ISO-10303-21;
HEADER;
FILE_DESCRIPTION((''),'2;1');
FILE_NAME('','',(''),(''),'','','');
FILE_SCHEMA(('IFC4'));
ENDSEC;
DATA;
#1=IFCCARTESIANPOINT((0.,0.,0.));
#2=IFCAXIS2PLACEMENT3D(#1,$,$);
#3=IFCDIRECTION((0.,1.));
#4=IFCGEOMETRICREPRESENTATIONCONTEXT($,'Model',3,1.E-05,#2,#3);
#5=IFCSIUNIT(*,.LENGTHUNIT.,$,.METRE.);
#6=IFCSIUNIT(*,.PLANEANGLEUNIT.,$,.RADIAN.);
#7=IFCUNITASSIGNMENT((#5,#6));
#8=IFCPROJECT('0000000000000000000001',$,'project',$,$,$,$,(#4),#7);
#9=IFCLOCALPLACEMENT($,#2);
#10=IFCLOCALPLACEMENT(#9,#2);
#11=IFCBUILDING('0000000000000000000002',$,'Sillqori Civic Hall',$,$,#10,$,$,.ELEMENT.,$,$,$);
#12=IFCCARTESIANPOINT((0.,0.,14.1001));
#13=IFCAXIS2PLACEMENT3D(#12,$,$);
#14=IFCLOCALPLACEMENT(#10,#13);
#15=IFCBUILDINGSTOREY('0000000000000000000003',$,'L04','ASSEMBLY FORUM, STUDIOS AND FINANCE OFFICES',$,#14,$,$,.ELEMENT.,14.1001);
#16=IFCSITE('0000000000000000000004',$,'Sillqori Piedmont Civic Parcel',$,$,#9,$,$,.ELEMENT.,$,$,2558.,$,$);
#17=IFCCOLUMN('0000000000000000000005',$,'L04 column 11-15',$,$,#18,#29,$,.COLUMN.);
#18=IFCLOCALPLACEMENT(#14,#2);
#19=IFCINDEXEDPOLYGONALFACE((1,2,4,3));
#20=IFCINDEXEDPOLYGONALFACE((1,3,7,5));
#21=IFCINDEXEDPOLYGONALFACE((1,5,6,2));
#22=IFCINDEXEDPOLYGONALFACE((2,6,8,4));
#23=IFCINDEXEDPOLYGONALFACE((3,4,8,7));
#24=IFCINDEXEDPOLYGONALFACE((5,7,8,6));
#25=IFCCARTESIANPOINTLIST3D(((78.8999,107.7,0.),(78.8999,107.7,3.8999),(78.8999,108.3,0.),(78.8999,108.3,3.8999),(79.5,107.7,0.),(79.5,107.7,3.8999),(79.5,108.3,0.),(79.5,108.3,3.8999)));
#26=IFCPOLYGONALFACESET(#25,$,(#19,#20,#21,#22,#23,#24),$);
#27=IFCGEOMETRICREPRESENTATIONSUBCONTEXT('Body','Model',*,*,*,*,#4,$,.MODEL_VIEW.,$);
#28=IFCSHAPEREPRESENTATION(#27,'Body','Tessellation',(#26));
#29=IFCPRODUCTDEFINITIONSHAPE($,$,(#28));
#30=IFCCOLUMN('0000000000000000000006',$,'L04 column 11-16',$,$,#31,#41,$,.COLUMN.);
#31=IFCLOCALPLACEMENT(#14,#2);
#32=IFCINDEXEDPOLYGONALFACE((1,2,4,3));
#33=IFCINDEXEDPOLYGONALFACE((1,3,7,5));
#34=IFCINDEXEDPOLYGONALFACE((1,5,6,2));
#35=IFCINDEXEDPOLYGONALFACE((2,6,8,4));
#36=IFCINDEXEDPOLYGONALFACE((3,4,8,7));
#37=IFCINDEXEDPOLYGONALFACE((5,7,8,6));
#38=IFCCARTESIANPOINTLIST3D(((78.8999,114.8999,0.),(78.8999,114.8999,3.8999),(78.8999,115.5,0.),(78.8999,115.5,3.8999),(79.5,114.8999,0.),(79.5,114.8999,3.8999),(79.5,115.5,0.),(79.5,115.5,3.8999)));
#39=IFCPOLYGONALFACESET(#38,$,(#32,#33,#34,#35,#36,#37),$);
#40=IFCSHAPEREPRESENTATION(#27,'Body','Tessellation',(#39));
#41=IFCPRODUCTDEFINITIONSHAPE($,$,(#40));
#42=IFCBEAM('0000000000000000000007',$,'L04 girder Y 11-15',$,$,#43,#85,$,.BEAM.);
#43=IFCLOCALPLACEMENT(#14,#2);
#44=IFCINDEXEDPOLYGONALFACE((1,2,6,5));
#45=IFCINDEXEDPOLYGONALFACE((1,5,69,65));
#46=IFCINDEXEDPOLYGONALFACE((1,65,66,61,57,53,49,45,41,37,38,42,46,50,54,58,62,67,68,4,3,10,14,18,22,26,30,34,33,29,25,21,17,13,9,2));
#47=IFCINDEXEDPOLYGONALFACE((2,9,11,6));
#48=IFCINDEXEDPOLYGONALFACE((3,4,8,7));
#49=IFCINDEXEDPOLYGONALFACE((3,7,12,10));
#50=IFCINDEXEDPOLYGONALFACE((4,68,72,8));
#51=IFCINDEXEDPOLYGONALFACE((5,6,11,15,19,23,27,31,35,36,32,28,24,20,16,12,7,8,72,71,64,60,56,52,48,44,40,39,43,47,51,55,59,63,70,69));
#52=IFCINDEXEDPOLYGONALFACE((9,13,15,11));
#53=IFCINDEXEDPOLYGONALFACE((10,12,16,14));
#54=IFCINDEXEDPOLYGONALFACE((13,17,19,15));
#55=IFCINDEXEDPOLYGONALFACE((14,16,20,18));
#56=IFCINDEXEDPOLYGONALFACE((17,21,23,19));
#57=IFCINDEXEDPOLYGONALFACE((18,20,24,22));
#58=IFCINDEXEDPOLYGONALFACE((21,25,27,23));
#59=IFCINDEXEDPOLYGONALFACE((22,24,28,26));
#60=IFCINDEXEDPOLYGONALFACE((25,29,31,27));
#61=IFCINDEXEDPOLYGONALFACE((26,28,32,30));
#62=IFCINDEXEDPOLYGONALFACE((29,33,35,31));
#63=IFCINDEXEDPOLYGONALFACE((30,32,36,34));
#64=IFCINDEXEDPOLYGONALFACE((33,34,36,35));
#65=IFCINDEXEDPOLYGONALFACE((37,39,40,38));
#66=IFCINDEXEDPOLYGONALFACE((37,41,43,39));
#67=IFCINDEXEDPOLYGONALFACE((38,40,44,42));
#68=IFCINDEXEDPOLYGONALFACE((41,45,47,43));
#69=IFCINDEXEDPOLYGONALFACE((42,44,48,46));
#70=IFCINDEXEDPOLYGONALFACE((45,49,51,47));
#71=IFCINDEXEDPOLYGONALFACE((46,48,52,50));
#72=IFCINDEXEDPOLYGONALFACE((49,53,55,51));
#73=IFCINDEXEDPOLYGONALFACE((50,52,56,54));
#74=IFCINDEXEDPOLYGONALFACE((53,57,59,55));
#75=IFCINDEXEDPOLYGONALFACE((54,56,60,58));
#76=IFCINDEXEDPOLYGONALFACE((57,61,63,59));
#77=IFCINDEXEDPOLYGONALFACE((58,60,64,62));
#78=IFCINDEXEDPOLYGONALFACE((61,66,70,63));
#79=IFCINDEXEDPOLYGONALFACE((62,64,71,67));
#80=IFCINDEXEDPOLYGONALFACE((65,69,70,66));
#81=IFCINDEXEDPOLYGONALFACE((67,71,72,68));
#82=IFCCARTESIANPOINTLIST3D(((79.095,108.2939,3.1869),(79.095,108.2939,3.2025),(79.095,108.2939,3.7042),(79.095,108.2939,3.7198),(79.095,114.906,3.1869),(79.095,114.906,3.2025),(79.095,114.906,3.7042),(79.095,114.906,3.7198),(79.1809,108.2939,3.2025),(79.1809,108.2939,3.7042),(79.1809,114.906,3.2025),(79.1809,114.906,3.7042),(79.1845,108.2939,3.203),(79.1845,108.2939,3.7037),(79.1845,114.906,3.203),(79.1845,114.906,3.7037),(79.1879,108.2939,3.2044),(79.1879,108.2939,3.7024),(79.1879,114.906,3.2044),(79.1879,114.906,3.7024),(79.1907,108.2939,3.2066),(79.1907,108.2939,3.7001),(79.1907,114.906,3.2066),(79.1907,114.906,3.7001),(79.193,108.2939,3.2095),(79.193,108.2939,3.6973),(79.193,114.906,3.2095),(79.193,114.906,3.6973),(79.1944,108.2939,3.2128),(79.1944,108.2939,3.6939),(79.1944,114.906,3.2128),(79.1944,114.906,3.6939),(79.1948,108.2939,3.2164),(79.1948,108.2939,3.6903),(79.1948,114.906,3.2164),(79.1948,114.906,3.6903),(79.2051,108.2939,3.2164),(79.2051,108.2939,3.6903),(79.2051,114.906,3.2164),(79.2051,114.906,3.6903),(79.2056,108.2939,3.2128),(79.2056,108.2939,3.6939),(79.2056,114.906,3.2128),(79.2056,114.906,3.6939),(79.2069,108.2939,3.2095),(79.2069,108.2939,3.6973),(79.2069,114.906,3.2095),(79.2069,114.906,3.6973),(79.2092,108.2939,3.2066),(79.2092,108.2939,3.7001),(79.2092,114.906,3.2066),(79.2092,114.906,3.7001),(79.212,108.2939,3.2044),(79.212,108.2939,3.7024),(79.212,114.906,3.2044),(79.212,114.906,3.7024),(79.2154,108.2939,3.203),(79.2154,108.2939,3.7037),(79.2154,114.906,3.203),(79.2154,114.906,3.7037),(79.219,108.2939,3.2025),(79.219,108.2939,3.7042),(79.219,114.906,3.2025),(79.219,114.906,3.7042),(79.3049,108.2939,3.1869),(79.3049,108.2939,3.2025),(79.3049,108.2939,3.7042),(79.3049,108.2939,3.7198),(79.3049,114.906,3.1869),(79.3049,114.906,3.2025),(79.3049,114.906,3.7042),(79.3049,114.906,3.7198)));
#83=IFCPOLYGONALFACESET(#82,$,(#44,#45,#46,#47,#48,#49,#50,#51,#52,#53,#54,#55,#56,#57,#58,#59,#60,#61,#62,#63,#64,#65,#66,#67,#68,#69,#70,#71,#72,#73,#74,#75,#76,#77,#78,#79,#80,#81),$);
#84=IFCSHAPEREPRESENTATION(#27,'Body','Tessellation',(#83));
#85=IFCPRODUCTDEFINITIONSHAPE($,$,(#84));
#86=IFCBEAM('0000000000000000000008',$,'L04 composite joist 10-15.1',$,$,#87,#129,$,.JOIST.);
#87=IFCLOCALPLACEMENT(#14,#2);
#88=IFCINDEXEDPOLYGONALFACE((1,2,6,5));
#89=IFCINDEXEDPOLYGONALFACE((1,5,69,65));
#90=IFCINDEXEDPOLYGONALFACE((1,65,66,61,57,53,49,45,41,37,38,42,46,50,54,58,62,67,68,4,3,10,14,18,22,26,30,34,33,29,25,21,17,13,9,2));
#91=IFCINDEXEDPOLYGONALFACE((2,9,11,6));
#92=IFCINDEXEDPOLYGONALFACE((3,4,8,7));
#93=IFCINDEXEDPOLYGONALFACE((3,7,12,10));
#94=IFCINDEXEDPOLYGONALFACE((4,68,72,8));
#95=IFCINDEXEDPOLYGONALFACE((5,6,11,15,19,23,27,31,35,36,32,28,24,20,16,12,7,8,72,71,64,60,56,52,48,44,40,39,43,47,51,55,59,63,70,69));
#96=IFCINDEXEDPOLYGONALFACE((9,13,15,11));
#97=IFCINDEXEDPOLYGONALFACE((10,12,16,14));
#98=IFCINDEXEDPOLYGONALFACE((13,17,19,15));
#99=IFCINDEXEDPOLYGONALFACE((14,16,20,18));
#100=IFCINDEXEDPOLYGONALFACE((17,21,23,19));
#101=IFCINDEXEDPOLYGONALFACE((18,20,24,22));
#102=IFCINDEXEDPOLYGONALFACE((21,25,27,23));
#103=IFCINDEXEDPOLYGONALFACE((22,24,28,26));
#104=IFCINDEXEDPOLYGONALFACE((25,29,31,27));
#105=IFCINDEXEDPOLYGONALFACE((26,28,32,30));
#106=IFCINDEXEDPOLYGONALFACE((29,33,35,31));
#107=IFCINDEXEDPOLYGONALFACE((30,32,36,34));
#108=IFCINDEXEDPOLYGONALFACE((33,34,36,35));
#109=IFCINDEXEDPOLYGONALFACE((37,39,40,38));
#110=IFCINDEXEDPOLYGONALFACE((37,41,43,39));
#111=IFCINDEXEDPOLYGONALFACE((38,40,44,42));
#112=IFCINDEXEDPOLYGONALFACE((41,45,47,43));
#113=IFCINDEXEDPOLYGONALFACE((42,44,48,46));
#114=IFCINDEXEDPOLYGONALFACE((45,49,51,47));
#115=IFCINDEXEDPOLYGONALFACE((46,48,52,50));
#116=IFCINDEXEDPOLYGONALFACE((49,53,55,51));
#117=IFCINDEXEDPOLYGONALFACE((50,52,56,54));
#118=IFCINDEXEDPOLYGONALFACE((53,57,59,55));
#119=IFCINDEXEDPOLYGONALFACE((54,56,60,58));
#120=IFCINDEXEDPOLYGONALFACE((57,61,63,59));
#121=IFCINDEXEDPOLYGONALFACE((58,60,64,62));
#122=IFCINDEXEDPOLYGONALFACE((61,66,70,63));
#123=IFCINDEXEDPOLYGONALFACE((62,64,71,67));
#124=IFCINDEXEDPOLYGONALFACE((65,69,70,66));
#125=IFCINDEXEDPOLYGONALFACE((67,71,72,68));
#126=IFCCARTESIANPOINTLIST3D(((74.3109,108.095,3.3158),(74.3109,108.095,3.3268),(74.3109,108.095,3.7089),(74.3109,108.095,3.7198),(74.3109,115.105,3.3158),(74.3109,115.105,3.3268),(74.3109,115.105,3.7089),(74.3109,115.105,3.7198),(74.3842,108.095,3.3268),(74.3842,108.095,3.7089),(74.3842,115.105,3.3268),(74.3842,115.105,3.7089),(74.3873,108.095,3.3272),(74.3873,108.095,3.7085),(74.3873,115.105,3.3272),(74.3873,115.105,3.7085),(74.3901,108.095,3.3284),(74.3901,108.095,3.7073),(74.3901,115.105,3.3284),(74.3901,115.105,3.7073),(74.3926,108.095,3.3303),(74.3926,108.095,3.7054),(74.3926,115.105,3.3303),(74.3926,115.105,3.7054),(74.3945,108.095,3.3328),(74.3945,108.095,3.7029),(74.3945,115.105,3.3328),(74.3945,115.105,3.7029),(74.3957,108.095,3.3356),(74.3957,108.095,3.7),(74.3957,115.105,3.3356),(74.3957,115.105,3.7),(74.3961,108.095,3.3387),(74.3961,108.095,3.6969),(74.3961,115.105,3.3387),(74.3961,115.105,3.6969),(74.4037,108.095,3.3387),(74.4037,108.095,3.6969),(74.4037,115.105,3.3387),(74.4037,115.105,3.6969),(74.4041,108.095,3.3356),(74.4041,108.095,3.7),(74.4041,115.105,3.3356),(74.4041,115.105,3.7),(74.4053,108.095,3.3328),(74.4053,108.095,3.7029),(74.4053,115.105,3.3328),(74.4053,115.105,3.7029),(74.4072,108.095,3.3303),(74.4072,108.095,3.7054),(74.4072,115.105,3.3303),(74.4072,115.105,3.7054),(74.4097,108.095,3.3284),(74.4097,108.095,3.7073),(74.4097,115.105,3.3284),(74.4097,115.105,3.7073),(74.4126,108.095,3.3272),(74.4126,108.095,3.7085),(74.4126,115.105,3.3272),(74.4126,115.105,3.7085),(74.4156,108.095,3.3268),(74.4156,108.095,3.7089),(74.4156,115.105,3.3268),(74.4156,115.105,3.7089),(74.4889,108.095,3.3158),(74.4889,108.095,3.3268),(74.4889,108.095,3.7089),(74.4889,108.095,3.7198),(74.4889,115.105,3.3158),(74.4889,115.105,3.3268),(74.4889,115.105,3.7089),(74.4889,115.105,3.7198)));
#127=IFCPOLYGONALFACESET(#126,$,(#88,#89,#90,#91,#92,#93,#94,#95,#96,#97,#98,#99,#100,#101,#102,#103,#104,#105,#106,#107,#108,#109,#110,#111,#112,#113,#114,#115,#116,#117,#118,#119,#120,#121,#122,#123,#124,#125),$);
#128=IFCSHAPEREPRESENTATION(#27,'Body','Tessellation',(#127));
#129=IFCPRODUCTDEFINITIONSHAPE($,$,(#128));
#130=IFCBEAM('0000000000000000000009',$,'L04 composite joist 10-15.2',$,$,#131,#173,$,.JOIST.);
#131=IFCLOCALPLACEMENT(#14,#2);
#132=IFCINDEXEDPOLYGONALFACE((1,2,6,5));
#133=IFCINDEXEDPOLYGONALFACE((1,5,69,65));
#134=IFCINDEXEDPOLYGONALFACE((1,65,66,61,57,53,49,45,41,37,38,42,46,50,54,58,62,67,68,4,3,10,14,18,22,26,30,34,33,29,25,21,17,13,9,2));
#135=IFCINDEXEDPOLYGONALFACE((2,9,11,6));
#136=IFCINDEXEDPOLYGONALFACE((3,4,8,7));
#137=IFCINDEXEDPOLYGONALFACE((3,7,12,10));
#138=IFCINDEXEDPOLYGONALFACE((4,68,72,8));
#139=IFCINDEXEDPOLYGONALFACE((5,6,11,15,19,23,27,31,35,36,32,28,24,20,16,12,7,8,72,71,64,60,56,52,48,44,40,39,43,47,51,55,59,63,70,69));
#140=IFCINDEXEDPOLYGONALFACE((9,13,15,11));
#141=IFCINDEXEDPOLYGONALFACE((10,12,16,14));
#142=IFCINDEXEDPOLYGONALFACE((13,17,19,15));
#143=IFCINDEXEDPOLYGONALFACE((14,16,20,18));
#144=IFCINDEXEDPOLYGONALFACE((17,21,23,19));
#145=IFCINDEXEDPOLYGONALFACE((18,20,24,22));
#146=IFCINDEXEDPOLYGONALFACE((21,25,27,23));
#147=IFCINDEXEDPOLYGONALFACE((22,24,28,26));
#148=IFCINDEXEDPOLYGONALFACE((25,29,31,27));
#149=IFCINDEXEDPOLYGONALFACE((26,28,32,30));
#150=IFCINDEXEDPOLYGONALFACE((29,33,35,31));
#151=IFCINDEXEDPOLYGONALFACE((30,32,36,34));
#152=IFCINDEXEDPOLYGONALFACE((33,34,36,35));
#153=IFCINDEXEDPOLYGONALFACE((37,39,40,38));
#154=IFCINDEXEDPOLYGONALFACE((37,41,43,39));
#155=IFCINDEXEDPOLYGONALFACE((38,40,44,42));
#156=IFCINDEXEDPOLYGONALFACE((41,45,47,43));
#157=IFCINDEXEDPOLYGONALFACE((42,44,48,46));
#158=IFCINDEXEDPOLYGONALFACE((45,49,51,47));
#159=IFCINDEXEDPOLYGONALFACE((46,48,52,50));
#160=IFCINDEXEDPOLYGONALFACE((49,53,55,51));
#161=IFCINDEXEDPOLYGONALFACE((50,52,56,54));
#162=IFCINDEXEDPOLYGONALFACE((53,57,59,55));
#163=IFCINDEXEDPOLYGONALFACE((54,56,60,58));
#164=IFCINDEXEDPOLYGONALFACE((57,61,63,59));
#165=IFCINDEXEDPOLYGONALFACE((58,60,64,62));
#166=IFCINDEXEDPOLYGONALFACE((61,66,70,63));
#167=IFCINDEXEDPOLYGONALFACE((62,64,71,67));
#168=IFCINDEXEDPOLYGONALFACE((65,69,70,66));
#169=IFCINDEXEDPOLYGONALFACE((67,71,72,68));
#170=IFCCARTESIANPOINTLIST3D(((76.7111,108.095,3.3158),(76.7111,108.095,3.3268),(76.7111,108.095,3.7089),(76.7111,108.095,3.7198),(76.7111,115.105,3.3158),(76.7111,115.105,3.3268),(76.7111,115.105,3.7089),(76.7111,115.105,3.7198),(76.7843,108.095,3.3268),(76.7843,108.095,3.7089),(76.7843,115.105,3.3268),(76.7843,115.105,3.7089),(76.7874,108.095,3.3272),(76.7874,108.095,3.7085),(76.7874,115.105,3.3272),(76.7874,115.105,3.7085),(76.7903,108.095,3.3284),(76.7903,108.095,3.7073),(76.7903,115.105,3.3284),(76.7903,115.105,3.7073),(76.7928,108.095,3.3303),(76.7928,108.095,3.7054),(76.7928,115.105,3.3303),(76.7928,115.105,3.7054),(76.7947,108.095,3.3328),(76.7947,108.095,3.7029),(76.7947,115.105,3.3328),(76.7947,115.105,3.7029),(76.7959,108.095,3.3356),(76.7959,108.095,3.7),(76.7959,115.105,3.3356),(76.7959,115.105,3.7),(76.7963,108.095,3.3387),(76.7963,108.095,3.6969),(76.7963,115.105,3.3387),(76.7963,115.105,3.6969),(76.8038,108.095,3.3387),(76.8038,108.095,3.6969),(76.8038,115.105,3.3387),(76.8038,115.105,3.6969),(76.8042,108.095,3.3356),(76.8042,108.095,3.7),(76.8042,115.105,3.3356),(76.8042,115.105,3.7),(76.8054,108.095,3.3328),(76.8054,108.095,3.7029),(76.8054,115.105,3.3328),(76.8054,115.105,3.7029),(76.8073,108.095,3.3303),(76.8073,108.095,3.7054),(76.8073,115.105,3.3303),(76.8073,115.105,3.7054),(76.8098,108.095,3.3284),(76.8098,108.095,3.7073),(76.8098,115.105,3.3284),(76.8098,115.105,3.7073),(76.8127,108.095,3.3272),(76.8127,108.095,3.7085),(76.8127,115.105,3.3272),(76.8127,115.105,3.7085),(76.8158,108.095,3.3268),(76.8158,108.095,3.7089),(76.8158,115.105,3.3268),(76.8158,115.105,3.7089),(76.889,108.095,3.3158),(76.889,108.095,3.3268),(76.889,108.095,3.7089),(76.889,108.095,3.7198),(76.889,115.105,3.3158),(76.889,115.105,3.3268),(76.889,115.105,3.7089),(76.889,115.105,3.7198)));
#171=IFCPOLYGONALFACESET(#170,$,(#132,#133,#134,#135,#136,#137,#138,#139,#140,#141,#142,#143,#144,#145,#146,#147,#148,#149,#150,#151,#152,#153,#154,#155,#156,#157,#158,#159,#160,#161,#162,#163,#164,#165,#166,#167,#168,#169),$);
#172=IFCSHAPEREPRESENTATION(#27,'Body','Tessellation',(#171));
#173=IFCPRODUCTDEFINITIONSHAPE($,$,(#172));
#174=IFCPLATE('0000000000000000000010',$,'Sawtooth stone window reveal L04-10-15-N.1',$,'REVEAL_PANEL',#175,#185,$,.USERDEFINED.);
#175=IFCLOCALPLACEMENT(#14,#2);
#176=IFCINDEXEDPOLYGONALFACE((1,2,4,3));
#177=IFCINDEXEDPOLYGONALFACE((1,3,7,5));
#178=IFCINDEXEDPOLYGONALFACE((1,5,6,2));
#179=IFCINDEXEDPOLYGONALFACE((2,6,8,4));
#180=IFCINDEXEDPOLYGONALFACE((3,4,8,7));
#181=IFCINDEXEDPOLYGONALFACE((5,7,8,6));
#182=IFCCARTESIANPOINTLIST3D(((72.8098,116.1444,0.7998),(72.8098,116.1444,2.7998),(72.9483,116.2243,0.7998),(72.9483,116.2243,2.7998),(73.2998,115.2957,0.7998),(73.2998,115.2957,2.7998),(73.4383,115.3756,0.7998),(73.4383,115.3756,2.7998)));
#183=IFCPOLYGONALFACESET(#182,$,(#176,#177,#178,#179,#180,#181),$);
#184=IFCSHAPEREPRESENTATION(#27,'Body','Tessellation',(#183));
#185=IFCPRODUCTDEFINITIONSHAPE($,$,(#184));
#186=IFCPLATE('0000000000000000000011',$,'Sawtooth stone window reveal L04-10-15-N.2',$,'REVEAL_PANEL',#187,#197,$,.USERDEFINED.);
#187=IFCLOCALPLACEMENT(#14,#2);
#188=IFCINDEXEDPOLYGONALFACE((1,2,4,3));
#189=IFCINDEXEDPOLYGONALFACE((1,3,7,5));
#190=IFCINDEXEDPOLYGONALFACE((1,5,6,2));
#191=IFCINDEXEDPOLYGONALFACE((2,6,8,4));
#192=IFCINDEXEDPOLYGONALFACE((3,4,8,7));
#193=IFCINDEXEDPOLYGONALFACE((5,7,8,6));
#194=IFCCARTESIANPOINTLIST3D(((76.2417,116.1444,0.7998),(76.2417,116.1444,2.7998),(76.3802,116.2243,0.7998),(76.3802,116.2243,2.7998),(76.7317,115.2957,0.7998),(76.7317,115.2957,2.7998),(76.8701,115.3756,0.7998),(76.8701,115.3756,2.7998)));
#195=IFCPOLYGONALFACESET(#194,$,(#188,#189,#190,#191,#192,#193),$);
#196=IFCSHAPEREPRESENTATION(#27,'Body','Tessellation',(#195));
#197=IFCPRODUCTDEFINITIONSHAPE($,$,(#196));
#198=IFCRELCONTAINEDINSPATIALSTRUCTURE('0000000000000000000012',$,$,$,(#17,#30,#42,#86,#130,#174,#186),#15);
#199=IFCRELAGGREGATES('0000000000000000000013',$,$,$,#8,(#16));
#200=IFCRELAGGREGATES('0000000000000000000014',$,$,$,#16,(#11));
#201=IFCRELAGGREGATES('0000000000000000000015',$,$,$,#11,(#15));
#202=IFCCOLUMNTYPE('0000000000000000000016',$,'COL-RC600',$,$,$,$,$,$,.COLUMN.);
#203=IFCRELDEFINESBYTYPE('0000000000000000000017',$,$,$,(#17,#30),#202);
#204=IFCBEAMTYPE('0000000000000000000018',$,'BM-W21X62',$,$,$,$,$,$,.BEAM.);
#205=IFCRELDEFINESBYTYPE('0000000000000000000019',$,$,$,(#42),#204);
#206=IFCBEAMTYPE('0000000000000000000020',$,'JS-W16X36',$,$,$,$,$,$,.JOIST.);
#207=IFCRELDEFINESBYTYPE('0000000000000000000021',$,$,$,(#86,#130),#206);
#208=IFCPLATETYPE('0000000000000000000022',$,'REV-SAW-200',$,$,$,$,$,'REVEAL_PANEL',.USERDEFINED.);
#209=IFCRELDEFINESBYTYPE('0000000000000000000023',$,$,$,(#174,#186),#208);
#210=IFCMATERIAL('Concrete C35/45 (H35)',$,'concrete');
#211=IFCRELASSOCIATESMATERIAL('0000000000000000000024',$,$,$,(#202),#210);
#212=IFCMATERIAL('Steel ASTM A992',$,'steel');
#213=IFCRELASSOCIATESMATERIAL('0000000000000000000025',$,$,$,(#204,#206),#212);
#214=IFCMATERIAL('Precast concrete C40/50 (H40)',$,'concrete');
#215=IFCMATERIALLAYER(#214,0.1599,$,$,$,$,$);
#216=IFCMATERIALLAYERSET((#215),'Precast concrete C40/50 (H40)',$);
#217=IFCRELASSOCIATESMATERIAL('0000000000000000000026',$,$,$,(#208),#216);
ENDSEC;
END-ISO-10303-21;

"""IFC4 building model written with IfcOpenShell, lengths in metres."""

from ifc_helpers import new_model, si_unit, direction, frame, origin, origin_2d, place, context, subcontext, project, spatial, rectangle, i_section, extrude, material, layer, layer_set, material_profile, profile_set, type_object, element, save


model = new_model("IFC4")

# Units and contexts
model_context = context("Model", 3, precision=1e-05, world=origin(), true_north=direction((0.0, 1.0)))
body_context = subcontext(model_context, "Body", "Model", "MODEL_VIEW")
ifc_project = project(units=[si_unit("LENGTHUNIT", "METRE"), si_unit("PLANEANGLEUNIT", "RADIAN")], contexts=[model_context])

# Site, building, storey
site_placement = place(None, origin())
site = spatial("IfcSite", under=ifc_project, at=site_placement, Name="Sillqori Piedmont Civic Parcel", CompositionType="ELEMENT", RefElevation=2558.0)
building_placement = place(site_placement, origin())
building = spatial("IfcBuilding", under=site, at=building_placement, Name="Sillqori Civic Hall", CompositionType="ELEMENT")
storey_placement = place(building_placement, frame((0.0, 0.0, 14.1001)))
storey = spatial("IfcBuildingStorey", under=building, at=storey_placement, Name="L04", Description="ASSEMBLY FORUM, STUDIOS AND FINANCE OFFICES", CompositionType="ELEMENT", Elevation=14.1001)

# Columns
ifc_material_1 = material(Name="Concrete C35/45 (H35)", Category="concrete")
ifc_material_profile_1 = material_profile(ifc_material_1, rectangle(XDim=0.6001, YDim=0.6001, at=origin_2d()), Name="RC 600x600")
ifc_profile_set_1 = profile_set([ifc_material_profile_1], Name="Concrete C35/45 (H35)")
column_type = type_object("IfcColumnType", Name="COL-RC600", PredefinedType="COLUMN", material=ifc_profile_set_1)
for number, where, z_axis, x_axis, name in (
    (1, (79.2, 108.0, 0.0), (0.0, 0.0, 1.0), (1.0, 0.0, 0.0), "L04 column 11-15"),
    (2, (79.2, 115.2, 0.0), (0.0, 0.0, 1.0), (1.0, 0.0, 0.0), "L04 column 11-16"),
):
    element("IfcColumn", number, at=place(storey_placement, frame(where, z_axis=z_axis, x_axis=x_axis)), inside=storey, type_object=column_type, Name=name, PredefinedType="COLUMN", context=body_context, shape_type="SweptSolid", body=[
        extrude(rectangle(XDim=0.6001, YDim=0.6001, at=origin_2d()), origin(), (0.0, 0.0, 1.0), 3.8999),
    ])

# Beams
ifc_material_2 = material(Name="Steel ASTM A992", Category="steel")
ifc_material_profile_2 = material_profile(ifc_material_2, i_section(OverallWidth=0.21, OverallDepth=0.533, WebThickness=0.0103, FlangeThickness=0.0156, FilletRadius=0.0139, at=origin_2d()), Name="W21X62")
ifc_profile_set_2 = profile_set([ifc_material_profile_2], Name="Steel ASTM A992")
beam_type_1 = type_object("IfcBeamType", Name="BM-W21X62", PredefinedType="BEAM", material=ifc_profile_set_2)
beam_placement = place(storey_placement, frame((79.2, 108.2939, 3.4534), z_axis=(0.0, 1.0, 0.0), x_axis=(-1.0, 0.0, 0.0)))
element("IfcBeam", 3, at=beam_placement, inside=storey, type_object=beam_type_1, Name="L04 girder Y 11-15", PredefinedType="BEAM", context=body_context, shape_type="SweptSolid", body=[
    extrude(i_section(OverallWidth=0.21, OverallDepth=0.533, WebThickness=0.0103, FlangeThickness=0.0156, FilletRadius=0.0139, at=origin_2d()), origin(), (0.0, 0.0, 1.0), 6.6121),
])
ifc_material_profile_3 = material_profile(ifc_material_2, i_section(OverallWidth=0.178, OverallDepth=0.4041, WebThickness=0.0076, FlangeThickness=0.011, FilletRadius=0.012, at=origin_2d()), Name="W16X36")
ifc_profile_set_3 = profile_set([ifc_material_profile_3], Name="Steel ASTM A992")
beam_type_2 = type_object("IfcBeamType", Name="JS-W16X36", PredefinedType="JOIST", material=ifc_profile_set_3)
for number, where, z_axis, x_axis, name in (
    (4, (74.3999, 108.095, 3.5178), (0.0, 1.0, 0.0), (-1.0, 0.0, 0.0), "L04 composite joist 10-15.1"),
    (5, (76.8, 108.095, 3.5178), (0.0, 1.0, 0.0), (-1.0, 0.0, 0.0), "L04 composite joist 10-15.2"),
):
    element("IfcBeam", number, at=place(storey_placement, frame(where, z_axis=z_axis, x_axis=x_axis)), inside=storey, type_object=beam_type_2, Name=name, PredefinedType="JOIST", context=body_context, shape_type="SweptSolid", body=[
        extrude(i_section(OverallWidth=0.178, OverallDepth=0.4041, WebThickness=0.0076, FlangeThickness=0.011, FilletRadius=0.012, at=origin_2d()), origin(), (0.0, 0.0, 1.0), 7.01),
    ])

# Plates
ifc_material_3 = material(Name="Precast concrete C40/50 (H40)", Category="concrete")
ifc_layer_1 = layer(ifc_material_3, 0.1599)
ifc_layer_set_1 = layer_set([ifc_layer_1], Name="Precast concrete C40/50 (H40)")
plate_type = type_object("IfcPlateType", Name="REV-SAW-200", ElementType="REVEAL_PANEL", PredefinedType="USERDEFINED", material=ifc_layer_set_1)
for number, where, z_axis, x_axis, name in (
    (6, (73.124, 115.76, 0.7998), (0.0, 0.0, 1.0), (0.866025, 0.5, 0.0), "Sawtooth stone window reveal L04-10-15-N.1"),
    (7, (76.5559, 115.76, 0.7998), (0.0, 0.0, 1.0), (0.866025, 0.5, 0.0), "Sawtooth stone window reveal L04-10-15-N.2"),
):
    element("IfcPlate", number, at=place(storey_placement, frame(where, z_axis=z_axis, x_axis=x_axis)), inside=storey, type_object=plate_type, Name=name, ObjectType="REVEAL_PANEL", PredefinedType="USERDEFINED", context=body_context, shape_type="SweptSolid", body=[
        extrude(rectangle(XDim=0.1599, YDim=0.98, at=origin_2d()), origin(), (0.0, 0.0, 1.0), 2.0),
    ])

save(model, "model.ifc")
